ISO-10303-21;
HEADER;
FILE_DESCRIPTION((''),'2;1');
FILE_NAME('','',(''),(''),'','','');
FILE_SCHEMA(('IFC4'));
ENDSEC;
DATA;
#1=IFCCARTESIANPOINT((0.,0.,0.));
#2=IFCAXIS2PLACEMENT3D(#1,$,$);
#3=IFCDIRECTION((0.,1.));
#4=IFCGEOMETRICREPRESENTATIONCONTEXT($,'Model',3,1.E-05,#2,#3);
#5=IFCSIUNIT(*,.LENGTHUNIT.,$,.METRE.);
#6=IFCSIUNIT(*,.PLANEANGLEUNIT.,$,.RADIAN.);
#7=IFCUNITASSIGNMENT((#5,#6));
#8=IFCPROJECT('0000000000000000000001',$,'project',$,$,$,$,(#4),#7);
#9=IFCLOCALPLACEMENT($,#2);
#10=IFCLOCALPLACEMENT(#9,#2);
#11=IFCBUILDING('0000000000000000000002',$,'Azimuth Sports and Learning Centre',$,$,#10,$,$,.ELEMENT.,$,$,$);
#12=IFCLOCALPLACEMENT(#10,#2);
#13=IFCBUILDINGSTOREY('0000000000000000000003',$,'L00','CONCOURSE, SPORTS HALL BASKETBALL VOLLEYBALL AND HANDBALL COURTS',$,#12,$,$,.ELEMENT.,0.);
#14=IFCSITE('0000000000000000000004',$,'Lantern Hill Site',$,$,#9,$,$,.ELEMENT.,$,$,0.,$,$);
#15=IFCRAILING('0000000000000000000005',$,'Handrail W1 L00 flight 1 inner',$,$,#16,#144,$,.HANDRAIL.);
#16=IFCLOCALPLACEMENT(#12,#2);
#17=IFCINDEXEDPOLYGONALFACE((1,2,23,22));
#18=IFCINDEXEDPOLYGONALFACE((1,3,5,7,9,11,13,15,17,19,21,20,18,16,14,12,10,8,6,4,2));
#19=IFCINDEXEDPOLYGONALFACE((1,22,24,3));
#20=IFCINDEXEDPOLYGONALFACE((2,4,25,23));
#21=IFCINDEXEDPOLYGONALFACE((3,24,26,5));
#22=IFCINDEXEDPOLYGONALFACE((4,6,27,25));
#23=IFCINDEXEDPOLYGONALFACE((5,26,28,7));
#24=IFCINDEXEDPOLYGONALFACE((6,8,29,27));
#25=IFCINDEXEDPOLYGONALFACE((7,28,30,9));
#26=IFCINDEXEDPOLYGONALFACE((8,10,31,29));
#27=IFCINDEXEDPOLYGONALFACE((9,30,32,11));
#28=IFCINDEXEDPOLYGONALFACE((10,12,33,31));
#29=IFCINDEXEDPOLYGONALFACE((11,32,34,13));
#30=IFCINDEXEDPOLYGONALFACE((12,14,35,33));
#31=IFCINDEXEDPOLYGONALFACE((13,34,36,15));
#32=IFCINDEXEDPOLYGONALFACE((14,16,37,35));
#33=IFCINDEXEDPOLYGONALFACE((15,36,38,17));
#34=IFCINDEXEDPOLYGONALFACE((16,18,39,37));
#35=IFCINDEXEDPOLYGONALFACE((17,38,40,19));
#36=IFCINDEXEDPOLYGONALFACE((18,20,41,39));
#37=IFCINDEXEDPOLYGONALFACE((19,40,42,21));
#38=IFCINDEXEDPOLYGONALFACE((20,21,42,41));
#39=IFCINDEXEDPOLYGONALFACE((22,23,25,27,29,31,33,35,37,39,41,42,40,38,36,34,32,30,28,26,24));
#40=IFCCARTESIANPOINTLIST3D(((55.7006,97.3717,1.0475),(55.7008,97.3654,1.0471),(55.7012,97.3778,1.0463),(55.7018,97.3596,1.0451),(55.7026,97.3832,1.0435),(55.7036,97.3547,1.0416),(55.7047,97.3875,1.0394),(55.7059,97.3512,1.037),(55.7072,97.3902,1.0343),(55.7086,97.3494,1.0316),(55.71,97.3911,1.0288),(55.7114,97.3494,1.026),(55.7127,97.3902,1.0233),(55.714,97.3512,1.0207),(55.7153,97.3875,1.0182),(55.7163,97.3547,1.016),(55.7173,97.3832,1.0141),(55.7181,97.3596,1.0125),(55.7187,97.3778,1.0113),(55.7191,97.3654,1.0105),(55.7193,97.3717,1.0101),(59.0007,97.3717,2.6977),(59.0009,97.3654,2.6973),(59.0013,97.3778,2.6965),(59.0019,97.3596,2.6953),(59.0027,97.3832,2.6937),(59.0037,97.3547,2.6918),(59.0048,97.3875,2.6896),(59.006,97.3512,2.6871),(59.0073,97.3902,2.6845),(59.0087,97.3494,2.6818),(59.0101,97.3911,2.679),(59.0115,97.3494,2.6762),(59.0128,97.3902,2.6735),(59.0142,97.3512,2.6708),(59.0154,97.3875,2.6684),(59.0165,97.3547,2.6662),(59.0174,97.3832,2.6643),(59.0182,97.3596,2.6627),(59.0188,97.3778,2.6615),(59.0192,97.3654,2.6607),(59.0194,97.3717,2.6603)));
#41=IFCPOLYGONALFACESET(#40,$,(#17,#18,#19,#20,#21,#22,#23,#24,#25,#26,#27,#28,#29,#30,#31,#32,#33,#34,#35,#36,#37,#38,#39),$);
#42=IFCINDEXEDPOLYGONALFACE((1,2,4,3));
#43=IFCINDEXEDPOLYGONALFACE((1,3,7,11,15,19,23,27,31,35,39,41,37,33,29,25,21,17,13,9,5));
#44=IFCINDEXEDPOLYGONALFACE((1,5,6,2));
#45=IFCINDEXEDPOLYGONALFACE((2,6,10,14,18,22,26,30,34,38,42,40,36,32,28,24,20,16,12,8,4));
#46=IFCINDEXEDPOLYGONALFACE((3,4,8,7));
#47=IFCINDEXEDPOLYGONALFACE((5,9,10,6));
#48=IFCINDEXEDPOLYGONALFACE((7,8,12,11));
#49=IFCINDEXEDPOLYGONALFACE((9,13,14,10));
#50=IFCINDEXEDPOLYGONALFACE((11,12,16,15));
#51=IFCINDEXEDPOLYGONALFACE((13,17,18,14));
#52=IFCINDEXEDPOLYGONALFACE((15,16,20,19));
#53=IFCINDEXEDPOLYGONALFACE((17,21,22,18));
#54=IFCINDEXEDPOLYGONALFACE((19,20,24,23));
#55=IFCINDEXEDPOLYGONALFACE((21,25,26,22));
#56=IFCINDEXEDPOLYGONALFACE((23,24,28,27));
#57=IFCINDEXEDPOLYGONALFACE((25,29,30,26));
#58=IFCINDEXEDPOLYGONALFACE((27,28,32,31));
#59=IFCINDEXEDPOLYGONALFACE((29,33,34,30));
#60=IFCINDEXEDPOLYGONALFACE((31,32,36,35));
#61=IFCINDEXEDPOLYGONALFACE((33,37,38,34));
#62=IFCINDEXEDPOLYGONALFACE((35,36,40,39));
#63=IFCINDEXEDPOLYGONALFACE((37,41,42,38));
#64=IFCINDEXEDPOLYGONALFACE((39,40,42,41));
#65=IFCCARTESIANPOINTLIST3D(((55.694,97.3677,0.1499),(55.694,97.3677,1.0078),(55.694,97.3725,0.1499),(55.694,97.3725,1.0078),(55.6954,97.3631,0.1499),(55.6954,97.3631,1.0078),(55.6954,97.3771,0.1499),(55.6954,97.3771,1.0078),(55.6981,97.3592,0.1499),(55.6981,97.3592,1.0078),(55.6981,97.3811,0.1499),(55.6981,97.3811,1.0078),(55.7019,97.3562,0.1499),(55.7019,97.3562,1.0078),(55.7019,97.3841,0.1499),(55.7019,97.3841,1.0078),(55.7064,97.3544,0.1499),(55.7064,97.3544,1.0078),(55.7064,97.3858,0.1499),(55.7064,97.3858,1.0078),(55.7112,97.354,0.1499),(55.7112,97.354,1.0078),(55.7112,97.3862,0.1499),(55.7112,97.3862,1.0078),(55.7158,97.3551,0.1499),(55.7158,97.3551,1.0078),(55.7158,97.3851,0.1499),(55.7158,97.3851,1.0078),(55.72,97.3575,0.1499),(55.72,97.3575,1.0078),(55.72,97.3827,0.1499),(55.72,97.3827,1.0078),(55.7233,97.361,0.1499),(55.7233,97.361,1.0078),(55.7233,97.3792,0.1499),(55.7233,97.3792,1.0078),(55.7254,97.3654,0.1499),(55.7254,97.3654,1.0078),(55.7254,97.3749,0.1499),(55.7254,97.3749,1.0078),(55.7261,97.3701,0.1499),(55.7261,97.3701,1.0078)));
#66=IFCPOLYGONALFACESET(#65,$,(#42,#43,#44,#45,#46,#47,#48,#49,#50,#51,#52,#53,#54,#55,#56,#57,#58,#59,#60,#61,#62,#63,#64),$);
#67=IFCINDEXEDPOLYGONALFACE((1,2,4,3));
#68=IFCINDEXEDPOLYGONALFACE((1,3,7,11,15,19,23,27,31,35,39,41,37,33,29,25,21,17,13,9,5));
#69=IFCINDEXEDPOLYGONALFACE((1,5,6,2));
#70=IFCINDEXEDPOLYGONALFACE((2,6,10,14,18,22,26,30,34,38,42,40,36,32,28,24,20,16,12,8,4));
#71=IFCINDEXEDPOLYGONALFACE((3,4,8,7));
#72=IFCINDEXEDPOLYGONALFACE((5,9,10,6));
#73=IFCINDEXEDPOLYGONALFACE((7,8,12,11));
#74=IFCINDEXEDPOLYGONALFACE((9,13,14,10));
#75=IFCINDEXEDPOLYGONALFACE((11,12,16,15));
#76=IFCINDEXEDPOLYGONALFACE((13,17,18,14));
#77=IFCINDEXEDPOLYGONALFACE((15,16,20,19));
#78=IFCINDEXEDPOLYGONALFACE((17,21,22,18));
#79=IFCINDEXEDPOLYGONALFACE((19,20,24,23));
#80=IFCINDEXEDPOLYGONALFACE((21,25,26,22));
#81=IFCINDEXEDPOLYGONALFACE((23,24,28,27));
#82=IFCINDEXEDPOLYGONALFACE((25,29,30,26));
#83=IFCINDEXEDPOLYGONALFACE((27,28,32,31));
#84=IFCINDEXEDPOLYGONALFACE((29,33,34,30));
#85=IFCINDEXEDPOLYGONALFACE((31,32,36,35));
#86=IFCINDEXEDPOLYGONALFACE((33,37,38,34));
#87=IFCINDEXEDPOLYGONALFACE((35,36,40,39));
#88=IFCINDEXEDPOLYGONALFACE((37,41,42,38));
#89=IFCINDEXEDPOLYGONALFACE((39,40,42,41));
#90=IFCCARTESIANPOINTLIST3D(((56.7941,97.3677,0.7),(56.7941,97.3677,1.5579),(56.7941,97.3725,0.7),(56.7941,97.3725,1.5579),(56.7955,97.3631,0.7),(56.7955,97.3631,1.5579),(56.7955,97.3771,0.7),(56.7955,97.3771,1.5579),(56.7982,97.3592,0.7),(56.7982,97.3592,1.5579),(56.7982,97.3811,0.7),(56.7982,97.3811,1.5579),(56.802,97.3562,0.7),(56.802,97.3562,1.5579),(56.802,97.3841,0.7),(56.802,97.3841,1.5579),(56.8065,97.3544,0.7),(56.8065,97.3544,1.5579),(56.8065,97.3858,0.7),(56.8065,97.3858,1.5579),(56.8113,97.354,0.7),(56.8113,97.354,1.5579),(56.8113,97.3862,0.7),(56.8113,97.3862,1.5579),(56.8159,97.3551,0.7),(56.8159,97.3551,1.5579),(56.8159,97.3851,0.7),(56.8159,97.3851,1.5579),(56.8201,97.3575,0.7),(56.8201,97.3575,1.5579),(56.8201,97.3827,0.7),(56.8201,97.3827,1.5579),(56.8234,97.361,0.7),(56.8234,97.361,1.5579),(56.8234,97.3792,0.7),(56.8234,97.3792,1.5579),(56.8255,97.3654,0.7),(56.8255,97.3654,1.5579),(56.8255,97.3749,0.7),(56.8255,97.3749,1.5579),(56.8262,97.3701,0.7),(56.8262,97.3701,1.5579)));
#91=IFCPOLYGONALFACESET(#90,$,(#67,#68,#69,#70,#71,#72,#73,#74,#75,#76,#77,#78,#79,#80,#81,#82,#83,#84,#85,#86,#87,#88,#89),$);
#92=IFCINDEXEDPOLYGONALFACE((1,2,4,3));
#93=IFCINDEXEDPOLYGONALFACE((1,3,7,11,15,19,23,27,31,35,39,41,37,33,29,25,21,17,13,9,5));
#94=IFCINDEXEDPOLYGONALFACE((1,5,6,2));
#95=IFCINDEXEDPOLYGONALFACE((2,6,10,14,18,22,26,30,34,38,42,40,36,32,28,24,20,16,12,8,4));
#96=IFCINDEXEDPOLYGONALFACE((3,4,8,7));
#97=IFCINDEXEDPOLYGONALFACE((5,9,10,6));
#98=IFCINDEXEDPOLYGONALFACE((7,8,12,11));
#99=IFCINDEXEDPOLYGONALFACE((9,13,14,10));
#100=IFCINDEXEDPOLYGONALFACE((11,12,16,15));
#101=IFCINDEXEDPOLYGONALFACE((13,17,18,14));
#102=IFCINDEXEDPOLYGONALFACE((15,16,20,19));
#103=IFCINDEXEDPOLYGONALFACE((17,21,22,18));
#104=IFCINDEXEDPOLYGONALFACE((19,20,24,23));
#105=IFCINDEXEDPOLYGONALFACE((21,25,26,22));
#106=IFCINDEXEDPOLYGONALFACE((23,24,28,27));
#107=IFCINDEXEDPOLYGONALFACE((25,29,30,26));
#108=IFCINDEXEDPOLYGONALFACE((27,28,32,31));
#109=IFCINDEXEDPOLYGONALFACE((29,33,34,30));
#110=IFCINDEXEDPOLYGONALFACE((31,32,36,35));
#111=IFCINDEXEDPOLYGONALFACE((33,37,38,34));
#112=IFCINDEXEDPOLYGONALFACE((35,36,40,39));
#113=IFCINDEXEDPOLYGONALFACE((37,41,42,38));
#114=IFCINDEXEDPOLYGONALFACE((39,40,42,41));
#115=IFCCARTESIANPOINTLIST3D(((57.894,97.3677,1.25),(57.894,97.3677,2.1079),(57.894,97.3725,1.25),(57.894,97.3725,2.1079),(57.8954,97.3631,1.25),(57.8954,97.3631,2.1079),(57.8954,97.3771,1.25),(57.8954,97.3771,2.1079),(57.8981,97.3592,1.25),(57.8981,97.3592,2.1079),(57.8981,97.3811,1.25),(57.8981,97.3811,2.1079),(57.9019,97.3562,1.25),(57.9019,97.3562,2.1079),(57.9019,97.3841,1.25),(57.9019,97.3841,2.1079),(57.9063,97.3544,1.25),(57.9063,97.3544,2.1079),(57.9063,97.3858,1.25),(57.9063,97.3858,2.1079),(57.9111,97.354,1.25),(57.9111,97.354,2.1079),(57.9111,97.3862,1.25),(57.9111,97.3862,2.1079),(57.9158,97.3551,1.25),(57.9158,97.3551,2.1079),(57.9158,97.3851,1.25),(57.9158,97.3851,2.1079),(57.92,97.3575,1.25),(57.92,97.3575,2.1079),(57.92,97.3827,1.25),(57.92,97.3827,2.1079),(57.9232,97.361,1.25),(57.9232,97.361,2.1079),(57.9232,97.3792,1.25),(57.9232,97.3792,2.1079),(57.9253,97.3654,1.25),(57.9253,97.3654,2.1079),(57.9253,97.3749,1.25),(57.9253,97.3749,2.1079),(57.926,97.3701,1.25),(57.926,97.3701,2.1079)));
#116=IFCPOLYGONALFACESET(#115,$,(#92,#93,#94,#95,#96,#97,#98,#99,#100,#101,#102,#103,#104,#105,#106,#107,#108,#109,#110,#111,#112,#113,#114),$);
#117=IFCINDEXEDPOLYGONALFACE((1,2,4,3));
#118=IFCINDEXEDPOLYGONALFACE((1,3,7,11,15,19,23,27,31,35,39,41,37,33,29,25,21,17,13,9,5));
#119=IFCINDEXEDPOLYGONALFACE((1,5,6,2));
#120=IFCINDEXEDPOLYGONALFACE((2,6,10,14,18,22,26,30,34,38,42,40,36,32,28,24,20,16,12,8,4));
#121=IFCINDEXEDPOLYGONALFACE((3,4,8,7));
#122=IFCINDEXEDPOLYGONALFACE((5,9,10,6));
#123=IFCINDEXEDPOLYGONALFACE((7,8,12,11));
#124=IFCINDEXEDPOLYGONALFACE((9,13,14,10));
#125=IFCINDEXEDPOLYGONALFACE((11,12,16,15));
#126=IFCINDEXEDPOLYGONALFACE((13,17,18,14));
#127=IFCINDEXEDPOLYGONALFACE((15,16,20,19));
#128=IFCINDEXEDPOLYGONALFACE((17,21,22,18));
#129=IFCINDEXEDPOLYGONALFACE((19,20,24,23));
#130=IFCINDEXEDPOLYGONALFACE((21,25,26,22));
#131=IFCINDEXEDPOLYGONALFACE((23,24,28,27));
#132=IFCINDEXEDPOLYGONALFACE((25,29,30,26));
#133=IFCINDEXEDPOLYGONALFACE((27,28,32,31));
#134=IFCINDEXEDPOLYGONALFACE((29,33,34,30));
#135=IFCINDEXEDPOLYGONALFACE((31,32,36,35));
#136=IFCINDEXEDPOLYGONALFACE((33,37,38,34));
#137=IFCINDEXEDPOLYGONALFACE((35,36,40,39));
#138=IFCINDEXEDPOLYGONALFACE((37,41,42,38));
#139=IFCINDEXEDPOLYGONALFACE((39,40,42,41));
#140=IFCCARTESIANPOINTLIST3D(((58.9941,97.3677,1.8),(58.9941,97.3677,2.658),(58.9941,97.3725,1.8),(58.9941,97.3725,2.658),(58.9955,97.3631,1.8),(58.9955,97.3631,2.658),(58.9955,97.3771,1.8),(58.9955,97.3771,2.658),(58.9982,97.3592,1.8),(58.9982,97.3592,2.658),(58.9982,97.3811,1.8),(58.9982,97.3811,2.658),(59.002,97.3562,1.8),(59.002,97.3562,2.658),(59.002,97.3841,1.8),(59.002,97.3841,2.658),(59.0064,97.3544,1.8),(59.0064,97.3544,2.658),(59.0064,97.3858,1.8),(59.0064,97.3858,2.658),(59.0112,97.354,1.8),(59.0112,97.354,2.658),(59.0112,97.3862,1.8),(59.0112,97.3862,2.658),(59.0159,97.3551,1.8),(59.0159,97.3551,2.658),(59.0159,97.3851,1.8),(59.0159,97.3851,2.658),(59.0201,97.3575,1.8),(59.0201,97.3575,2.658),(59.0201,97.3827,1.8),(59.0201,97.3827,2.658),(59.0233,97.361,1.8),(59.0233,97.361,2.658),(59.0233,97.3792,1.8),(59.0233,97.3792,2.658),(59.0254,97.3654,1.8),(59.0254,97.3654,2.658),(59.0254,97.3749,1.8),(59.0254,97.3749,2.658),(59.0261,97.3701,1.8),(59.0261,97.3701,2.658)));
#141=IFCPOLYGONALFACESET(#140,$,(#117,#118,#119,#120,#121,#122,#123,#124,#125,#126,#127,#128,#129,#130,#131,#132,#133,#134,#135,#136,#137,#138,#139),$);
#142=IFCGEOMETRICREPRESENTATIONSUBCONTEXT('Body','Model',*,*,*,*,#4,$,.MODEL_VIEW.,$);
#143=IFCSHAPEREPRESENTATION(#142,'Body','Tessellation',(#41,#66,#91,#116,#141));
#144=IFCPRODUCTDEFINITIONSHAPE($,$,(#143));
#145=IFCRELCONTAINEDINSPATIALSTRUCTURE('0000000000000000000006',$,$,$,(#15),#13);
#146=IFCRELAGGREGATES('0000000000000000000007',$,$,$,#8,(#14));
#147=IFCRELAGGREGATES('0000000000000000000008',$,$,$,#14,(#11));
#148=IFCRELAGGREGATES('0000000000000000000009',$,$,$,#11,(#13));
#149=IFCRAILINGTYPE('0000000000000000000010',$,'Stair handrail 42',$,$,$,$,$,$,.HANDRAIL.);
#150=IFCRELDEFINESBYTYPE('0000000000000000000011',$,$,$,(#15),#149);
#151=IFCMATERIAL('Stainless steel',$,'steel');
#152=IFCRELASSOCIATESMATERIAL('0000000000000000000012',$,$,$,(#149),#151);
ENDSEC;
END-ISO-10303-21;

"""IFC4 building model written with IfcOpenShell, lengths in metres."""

from ifc_helpers import new_model, si_unit, direction, frame, origin, origin_2d, place, context, subcontext, project, spatial, circle, extrude, material, type_object, element, save


model = new_model("IFC4")

# Units and contexts
model_context = context("Model", 3, precision=1e-05, world=origin(), true_north=direction((0.0, 1.0)))
body_context = subcontext(model_context, "Body", "Model", "MODEL_VIEW")
ifc_project = project(units=[si_unit("LENGTHUNIT", "METRE"), si_unit("PLANEANGLEUNIT", "RADIAN")], contexts=[model_context])

# Site, building, storey
site_placement = place(None, origin())
site = spatial("IfcSite", under=ifc_project, at=site_placement, Name="Lantern Hill Site", CompositionType="ELEMENT", RefElevation=0.0)
building_placement = place(site_placement, origin())
building = spatial("IfcBuilding", under=site, at=building_placement, Name="Azimuth Sports and Learning Centre", CompositionType="ELEMENT")
storey_placement = place(building_placement, origin())
storey = spatial("IfcBuildingStorey", under=building, at=storey_placement, Name="L00", Description="CONCOURSE, SPORTS HALL BASKETBALL VOLLEYBALL AND HANDBALL COURTS", CompositionType="ELEMENT", Elevation=0.0)

# Railing
ifc_material_1 = material(Name="Stainless steel", Category="steel")
railing_type_1 = type_object("IfcRailingType", Name="Stair handrail 42", PredefinedType="HANDRAIL", material=ifc_material_1)
for number, where, name in (
    (1, (55.71, 97.3701, 0.1499), "Handrail W1 L00 flight 1 inner"),
):
    element("IfcRailing", number, at=place(storey_placement, frame(where)), inside=storey, type_object=railing_type_1, Name=name, PredefinedType="HANDRAIL", context=body_context, shape_type="SweptSolid", body=[
        extrude(circle(Radius=0.021, at=origin_2d()), frame((0.0, 0.0, 0.8789), z_axis=(0.894414, 0.0, 0.44724), x_axis=(0.0, 1.0, 0.0)), (0.0, 0.0, 1.0), 3.6897),
        extrude(circle(Radius=0.0161, at=origin_2d()), origin(), (0.0, 0.0, 1.0), 0.8579),
        extrude(circle(Radius=0.0161, at=origin_2d()), frame((1.1001, 0.0, 0.55)), (0.0, 0.0, 1.0), 0.8579),
        extrude(circle(Radius=0.0161, at=origin_2d()), frame((2.2, 0.0, 1.1001)), (0.0, 0.0, 1.0), 0.8579),
        extrude(circle(Radius=0.0161, at=origin_2d()), frame((3.3, 0.0, 1.6501)), (0.0, 0.0, 1.0), 0.8579),
    ])

save(model, "model.ifc")
